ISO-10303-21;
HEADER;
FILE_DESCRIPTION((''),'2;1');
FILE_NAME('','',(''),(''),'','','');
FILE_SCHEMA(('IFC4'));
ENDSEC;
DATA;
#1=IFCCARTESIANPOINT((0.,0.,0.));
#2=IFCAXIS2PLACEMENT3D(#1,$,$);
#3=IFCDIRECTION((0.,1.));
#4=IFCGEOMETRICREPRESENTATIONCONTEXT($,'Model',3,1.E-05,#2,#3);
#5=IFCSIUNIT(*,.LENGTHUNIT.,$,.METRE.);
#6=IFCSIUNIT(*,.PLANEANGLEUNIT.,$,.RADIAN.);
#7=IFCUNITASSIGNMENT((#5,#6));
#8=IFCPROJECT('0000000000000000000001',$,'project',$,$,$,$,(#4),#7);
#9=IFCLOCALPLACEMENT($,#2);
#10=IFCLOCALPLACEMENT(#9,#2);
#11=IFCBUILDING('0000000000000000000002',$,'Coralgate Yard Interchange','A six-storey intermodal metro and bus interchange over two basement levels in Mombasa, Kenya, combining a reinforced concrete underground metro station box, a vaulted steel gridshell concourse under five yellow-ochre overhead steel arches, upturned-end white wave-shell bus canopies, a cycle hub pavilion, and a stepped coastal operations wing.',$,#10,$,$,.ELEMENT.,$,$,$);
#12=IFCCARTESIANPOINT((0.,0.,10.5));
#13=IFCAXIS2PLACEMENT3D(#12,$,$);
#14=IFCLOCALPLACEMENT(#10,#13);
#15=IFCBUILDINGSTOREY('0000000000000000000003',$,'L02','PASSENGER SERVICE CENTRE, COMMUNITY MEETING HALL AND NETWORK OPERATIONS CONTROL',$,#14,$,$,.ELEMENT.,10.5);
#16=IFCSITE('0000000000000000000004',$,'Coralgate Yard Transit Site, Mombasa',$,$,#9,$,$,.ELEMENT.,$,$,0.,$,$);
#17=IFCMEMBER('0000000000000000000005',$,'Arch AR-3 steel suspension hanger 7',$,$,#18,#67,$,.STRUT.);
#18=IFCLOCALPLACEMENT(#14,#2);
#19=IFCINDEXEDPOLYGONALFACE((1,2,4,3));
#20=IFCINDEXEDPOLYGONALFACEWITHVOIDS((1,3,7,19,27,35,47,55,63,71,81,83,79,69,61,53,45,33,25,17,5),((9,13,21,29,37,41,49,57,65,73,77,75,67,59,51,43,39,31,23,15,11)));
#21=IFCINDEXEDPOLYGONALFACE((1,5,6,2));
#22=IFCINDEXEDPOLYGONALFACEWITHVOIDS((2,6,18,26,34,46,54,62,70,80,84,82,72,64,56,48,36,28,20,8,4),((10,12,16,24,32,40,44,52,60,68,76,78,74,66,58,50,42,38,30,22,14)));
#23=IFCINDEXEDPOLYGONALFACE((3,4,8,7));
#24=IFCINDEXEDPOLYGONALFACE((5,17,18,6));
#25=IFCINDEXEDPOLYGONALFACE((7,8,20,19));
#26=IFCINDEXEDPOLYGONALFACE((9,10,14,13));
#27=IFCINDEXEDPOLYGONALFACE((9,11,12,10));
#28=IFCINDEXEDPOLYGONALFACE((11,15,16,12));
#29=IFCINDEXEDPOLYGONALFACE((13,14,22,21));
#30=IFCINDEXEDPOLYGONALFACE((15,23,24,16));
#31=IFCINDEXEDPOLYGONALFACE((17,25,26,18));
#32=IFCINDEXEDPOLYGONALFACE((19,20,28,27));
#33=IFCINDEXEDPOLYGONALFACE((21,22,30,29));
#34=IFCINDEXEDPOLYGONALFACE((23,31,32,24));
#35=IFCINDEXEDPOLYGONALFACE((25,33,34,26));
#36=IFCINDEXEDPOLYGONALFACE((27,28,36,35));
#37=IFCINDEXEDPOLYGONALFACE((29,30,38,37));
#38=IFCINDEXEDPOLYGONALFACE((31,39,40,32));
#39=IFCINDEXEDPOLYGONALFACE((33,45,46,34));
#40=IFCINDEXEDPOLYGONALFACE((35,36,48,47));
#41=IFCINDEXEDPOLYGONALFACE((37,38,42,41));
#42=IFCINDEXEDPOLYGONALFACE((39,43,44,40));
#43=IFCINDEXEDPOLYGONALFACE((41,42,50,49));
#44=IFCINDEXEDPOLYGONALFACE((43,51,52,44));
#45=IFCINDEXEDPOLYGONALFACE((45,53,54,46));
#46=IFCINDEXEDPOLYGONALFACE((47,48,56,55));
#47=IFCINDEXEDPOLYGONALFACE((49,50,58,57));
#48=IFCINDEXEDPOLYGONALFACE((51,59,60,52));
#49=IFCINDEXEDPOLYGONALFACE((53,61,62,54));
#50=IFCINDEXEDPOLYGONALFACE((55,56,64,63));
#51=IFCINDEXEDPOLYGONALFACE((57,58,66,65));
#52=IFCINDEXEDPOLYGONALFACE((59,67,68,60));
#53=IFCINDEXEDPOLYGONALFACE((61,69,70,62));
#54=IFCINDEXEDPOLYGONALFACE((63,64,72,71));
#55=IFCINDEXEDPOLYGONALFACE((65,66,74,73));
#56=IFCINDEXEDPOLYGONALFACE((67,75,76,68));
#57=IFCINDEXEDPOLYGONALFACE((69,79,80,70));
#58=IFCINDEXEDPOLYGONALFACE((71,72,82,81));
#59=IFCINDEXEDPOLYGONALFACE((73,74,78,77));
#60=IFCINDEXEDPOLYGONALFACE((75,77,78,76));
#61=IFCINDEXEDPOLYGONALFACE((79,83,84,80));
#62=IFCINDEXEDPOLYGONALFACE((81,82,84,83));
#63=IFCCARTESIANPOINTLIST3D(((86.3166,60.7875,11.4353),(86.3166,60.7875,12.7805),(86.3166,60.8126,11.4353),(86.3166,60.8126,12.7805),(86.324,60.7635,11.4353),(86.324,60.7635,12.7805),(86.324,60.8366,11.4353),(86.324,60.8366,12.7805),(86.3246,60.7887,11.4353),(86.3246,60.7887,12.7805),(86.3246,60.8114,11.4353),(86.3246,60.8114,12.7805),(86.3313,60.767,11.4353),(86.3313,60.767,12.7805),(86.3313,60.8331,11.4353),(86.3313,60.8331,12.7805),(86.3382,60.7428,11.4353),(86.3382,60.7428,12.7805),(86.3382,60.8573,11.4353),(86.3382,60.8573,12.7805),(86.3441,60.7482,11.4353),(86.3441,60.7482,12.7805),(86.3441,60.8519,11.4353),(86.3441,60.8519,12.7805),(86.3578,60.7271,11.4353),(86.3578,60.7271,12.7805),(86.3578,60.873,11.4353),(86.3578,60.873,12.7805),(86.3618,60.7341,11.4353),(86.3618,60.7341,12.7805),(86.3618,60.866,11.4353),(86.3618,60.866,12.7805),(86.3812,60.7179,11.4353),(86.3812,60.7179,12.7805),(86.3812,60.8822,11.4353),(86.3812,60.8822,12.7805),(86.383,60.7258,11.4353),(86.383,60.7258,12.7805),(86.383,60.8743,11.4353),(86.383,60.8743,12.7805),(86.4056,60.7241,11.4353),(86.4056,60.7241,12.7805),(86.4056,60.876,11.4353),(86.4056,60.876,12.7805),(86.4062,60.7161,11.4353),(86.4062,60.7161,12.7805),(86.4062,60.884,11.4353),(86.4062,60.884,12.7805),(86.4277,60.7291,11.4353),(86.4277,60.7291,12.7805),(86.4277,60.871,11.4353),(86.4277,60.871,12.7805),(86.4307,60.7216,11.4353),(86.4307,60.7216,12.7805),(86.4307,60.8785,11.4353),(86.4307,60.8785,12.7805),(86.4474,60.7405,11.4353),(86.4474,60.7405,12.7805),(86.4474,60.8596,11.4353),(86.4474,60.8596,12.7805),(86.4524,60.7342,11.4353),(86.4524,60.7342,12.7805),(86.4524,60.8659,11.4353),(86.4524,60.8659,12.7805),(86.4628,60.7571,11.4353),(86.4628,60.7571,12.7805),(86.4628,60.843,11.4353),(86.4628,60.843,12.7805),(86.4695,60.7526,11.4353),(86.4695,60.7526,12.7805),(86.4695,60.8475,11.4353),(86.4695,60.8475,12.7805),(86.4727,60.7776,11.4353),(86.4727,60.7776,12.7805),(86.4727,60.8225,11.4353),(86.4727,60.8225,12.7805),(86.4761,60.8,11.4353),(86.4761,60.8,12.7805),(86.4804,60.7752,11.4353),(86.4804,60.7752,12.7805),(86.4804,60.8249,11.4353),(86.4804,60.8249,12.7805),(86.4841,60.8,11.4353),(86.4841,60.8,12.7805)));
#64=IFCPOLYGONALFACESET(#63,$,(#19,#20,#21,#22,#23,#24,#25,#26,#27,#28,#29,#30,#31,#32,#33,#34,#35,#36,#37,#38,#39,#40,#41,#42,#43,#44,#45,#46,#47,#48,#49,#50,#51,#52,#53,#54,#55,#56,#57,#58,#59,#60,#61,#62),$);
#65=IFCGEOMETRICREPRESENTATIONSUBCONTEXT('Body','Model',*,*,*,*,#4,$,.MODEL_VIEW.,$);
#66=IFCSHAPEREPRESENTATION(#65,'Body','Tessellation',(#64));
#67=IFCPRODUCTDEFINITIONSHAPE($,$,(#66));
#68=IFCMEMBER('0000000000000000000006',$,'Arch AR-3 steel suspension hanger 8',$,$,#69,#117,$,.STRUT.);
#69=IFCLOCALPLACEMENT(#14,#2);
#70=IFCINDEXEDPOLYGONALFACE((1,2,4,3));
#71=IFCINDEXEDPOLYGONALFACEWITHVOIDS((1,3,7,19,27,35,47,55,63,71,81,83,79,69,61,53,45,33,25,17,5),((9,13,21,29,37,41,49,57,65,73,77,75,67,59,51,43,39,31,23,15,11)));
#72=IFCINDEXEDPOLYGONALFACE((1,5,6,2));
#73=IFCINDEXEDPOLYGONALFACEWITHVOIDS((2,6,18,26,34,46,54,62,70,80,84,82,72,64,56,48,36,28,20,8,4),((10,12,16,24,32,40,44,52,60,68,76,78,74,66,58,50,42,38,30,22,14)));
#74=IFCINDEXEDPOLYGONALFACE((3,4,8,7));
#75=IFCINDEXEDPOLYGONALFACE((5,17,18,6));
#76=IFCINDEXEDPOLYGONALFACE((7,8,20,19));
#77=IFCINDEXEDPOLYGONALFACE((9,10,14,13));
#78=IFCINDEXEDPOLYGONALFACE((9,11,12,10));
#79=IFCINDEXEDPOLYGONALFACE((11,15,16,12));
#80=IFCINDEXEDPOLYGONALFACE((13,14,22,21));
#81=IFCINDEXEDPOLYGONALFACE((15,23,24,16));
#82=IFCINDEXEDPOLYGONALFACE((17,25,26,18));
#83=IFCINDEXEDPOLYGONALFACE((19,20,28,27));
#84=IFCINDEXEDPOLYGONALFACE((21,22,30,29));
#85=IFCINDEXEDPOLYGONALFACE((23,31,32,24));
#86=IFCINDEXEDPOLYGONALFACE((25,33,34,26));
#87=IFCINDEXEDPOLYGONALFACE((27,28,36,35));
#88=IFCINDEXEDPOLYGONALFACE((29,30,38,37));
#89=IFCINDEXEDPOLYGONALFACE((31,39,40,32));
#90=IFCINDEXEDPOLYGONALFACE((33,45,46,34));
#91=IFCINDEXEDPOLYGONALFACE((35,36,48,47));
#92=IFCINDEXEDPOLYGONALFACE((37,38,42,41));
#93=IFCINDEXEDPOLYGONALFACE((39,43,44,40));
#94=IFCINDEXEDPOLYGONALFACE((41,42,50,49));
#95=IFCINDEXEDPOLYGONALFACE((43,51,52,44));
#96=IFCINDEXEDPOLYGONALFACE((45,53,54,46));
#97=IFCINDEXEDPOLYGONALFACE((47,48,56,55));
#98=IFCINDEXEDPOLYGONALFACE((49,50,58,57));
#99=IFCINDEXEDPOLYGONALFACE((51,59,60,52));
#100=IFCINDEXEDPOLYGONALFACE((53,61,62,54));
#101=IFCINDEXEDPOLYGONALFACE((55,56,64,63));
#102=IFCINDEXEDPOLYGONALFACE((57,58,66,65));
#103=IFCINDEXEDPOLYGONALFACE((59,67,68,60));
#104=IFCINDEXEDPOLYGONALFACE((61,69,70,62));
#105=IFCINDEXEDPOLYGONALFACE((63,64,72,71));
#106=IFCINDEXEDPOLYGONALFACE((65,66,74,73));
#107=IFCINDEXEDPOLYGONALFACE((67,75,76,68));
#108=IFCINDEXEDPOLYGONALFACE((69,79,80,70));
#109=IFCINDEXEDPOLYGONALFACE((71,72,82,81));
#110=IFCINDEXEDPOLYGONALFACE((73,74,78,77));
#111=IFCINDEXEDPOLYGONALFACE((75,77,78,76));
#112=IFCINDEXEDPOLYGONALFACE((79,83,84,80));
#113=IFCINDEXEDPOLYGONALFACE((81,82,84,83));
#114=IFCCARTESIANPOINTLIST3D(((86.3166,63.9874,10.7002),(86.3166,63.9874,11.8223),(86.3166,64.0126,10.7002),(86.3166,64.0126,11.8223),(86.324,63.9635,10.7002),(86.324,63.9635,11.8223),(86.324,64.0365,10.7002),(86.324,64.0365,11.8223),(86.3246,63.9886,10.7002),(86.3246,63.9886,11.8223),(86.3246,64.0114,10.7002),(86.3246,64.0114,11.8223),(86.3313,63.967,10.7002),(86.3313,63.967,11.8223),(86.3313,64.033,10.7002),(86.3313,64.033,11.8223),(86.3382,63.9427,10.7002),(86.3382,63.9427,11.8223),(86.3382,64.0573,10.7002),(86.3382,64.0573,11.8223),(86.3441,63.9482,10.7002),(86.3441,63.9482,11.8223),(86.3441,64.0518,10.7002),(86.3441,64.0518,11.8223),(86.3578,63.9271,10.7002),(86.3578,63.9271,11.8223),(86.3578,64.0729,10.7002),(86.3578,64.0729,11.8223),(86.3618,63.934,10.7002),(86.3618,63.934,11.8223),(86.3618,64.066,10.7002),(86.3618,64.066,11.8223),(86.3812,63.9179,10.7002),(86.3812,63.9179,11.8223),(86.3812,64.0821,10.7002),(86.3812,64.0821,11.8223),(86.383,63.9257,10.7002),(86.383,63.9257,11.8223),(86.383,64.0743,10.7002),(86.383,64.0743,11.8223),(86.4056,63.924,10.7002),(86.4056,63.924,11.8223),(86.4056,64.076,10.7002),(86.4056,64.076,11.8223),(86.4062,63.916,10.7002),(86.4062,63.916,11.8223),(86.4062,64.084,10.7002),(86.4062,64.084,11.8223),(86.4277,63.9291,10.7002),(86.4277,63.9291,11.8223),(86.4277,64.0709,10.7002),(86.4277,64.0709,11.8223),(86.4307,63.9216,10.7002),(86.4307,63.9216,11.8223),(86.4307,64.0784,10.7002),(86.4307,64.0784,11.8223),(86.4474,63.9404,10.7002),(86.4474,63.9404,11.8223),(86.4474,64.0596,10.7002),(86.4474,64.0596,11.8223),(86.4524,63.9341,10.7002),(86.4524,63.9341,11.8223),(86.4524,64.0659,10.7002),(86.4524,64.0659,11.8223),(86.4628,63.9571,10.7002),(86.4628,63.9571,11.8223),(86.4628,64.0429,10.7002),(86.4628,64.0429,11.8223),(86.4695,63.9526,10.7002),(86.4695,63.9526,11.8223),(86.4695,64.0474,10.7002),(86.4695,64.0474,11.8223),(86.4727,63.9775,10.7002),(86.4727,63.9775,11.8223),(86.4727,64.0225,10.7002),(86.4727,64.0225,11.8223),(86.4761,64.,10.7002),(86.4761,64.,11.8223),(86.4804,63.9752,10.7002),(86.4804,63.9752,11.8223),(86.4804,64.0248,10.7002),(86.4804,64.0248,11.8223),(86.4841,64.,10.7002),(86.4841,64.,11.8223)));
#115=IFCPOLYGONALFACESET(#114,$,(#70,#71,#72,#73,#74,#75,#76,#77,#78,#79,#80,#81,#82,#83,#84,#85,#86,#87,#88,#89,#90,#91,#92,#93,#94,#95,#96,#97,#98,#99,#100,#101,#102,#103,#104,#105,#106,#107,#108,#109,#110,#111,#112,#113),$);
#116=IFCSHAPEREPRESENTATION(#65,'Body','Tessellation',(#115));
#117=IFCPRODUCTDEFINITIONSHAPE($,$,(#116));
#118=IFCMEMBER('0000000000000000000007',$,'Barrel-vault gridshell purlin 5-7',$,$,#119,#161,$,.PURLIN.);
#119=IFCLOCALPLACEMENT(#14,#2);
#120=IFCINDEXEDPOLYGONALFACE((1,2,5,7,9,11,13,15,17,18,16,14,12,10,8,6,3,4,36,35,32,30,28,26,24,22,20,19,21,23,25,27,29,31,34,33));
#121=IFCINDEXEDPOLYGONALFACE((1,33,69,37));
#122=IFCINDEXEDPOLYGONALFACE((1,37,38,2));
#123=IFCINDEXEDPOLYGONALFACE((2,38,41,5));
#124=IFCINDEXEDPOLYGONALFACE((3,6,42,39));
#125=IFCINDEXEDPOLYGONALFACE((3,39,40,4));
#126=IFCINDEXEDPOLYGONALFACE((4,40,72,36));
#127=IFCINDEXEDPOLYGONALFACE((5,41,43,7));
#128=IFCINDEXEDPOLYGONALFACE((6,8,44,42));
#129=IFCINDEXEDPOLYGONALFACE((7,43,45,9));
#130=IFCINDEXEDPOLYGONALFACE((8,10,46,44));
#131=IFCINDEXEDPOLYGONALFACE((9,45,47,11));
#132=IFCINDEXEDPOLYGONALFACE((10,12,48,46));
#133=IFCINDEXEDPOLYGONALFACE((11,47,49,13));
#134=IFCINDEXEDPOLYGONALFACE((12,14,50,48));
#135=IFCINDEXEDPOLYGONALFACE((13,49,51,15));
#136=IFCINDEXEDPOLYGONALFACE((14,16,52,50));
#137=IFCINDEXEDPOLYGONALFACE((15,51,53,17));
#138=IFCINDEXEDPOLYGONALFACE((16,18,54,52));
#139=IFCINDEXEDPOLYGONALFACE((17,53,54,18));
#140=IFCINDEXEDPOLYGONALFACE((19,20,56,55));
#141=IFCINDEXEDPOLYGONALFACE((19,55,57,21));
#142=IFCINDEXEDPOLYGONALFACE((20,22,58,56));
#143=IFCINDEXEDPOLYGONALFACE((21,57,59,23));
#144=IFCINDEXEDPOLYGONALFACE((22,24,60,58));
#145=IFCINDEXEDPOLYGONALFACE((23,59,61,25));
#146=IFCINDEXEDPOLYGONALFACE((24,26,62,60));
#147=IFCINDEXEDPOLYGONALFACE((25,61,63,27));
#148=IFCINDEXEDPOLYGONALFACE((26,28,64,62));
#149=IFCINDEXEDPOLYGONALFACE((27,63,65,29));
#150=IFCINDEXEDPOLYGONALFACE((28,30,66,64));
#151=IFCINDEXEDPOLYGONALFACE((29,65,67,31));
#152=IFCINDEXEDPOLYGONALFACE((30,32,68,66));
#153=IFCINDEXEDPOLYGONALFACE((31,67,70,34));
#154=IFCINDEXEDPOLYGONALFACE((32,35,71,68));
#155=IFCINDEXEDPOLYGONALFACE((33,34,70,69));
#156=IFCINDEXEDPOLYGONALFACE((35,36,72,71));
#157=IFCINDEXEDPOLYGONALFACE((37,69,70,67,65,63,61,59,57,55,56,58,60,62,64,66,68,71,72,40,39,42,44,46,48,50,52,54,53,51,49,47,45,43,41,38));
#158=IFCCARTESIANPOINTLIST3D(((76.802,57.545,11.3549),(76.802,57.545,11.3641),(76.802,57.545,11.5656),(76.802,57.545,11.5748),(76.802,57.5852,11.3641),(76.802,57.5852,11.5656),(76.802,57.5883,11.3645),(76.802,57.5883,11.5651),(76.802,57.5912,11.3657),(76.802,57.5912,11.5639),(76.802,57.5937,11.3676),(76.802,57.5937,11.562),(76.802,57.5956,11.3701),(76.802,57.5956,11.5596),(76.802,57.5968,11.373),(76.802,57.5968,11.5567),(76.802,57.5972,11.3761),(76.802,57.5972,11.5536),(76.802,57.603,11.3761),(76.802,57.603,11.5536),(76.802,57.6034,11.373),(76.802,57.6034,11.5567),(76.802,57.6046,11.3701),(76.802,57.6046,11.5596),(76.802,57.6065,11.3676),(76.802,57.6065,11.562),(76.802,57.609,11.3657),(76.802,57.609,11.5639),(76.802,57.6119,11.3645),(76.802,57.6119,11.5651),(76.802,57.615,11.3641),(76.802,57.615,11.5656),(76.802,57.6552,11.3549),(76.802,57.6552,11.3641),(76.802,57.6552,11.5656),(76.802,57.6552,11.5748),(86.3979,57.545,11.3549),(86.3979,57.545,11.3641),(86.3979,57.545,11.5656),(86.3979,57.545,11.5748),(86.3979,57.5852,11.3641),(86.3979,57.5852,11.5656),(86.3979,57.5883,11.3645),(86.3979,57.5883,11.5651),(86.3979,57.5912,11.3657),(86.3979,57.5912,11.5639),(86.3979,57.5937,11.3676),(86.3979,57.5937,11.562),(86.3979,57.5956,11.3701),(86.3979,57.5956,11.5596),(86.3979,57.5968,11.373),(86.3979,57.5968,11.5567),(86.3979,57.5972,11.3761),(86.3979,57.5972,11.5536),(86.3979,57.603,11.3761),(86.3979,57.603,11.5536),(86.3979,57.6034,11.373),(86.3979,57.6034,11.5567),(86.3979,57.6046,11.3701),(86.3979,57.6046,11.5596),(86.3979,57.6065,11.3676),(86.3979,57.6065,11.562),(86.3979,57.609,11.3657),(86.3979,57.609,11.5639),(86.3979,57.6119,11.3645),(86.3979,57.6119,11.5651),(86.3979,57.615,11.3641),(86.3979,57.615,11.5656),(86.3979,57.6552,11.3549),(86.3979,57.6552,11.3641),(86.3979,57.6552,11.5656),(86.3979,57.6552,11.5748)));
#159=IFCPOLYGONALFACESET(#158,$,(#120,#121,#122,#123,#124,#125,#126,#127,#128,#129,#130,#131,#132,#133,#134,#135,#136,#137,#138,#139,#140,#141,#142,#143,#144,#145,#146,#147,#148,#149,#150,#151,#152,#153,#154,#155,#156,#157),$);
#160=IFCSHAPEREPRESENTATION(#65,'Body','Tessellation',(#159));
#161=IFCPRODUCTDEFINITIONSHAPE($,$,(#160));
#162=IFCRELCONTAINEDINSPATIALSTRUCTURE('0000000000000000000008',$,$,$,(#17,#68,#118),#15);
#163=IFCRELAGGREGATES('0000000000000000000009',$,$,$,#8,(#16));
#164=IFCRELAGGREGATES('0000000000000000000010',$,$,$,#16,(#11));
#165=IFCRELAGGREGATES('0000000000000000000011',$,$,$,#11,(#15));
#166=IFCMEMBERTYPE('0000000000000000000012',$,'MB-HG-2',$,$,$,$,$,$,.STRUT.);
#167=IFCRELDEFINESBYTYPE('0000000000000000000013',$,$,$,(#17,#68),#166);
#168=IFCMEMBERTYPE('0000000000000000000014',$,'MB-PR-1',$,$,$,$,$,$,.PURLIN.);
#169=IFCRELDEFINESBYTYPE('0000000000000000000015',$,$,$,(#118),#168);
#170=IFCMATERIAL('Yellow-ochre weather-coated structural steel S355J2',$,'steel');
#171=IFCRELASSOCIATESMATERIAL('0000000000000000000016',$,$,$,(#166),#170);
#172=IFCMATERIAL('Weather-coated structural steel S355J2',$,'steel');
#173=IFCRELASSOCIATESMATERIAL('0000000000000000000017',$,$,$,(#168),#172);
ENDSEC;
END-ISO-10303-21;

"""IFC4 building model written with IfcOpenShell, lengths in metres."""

from ifc_helpers import new_model, si_unit, direction, frame, origin, origin_2d, place, context, subcontext, project, spatial, hollow_circle, i_section, extrude, material, material_profile, profile_set, type_object, element, save


model = new_model("IFC4")

# Units and contexts
model_context = context("Model", 3, precision=1e-05, world=origin(), true_north=direction((0.0, 1.0)))
body_context = subcontext(model_context, "Body", "Model", "MODEL_VIEW")
ifc_project = project(units=[si_unit("LENGTHUNIT", "METRE"), si_unit("PLANEANGLEUNIT", "RADIAN")], contexts=[model_context])

# Site, building, storey
site_placement = place(None, origin())
site = spatial("IfcSite", under=ifc_project, at=site_placement, Name="Coralgate Yard Transit Site, Mombasa", CompositionType="ELEMENT", RefElevation=0.0)
building_placement = place(site_placement, origin())
building = spatial("IfcBuilding", under=site, at=building_placement, Name="Coralgate Yard Interchange", Description="A six-storey intermodal metro and bus interchange over two basement levels in Mombasa, Kenya, combining a reinforced concrete underground metro station box, a vaulted steel gridshell concourse under five yellow-ochre overhead steel arches, upturned-end white wave-shell bus canopies, a cycle hub pavilion, and a stepped coastal operations wing.", CompositionType="ELEMENT")
storey_placement = place(building_placement, frame((0.0, 0.0, 10.5)))
storey = spatial("IfcBuildingStorey", under=building, at=storey_placement, Name="L02", Description="PASSENGER SERVICE CENTRE, COMMUNITY MEETING HALL AND NETWORK OPERATIONS CONTROL", CompositionType="ELEMENT", Elevation=10.5)

# Shared definitions
ifc_material_1 = material(Name="Yellow-ochre weather-coated structural steel S355J2", Category="steel")
ifc_material_2 = material(Name="Weather-coated structural steel S355J2", Category="steel")

# Members
ifc_material_profile_1 = material_profile(ifc_material_1, hollow_circle(Radius=0.0842, WallThickness=0.0081, at=origin_2d()), Name="CHS 168.3x8")
ifc_profile_set_1 = profile_set([ifc_material_profile_1], Name="Yellow-ochre weather-coated structural steel S355J2")
member_type_1 = type_object("IfcMemberType", Name="MB-HG-2", PredefinedType="STRUT", material=ifc_profile_set_1)
member_1_placement = place(storey_placement, frame((86.3999, 60.8, 11.4353), z_axis=(0.0, 0.0, 1.0), x_axis=(1.0, 0.0, 0.0)))
element("IfcMember", 1, at=member_1_placement, inside=storey, type_object=member_type_1, Name="Arch AR-3 steel suspension hanger 7", PredefinedType="STRUT", context=body_context, shape_type="SweptSolid", body=[
    extrude(hollow_circle(Radius=0.0842, WallThickness=0.0081, at=origin_2d()), origin(), (0.0, 0.0, 1.0), 1.3452),
])
member_2_placement = place(storey_placement, frame((86.3999, 64.0, 10.7002), z_axis=(0.0, 0.0, 1.0), x_axis=(1.0, 0.0, 0.0)))
element("IfcMember", 2, at=member_2_placement, inside=storey, type_object=member_type_1, Name="Arch AR-3 steel suspension hanger 8", PredefinedType="STRUT", context=body_context, shape_type="SweptSolid", body=[
    extrude(hollow_circle(Radius=0.0842, WallThickness=0.0081, at=origin_2d()), origin(), (0.0, 0.0, 1.0), 1.1221),
])
ifc_material_profile_2 = material_profile(ifc_material_2, i_section(OverallWidth=0.1101, OverallDepth=0.22, WebThickness=0.0059, FlangeThickness=0.0093, FilletRadius=0.012, at=origin_2d()), Name="IPE 220")
ifc_profile_set_2 = profile_set([ifc_material_profile_2], Name="Weather-coated structural steel S355J2")
member_type_2 = type_object("IfcMemberType", Name="MB-PR-1", PredefinedType="PURLIN", material=ifc_profile_set_2)
for number, where, z_axis, x_axis, name in (
    (3, (76.802, 57.6001, 11.4648), (1.0, 0.0, 0.0), (0.0, 1.0, 0.0), "Barrel-vault gridshell purlin 5-7"),
):
    element("IfcMember", number, at=place(storey_placement, frame(where, z_axis=z_axis, x_axis=x_axis)), inside=storey, type_object=member_type_2, Name=name, PredefinedType="PURLIN", context=body_context, shape_type="SweptSolid", body=[
        extrude(i_section(OverallWidth=0.1101, OverallDepth=0.22, WebThickness=0.0059, FlangeThickness=0.0093, FilletRadius=0.012, at=origin_2d()), origin(), (0.0, 0.0, 1.0), 9.5959),
    ])

save(model, "model.ifc")
